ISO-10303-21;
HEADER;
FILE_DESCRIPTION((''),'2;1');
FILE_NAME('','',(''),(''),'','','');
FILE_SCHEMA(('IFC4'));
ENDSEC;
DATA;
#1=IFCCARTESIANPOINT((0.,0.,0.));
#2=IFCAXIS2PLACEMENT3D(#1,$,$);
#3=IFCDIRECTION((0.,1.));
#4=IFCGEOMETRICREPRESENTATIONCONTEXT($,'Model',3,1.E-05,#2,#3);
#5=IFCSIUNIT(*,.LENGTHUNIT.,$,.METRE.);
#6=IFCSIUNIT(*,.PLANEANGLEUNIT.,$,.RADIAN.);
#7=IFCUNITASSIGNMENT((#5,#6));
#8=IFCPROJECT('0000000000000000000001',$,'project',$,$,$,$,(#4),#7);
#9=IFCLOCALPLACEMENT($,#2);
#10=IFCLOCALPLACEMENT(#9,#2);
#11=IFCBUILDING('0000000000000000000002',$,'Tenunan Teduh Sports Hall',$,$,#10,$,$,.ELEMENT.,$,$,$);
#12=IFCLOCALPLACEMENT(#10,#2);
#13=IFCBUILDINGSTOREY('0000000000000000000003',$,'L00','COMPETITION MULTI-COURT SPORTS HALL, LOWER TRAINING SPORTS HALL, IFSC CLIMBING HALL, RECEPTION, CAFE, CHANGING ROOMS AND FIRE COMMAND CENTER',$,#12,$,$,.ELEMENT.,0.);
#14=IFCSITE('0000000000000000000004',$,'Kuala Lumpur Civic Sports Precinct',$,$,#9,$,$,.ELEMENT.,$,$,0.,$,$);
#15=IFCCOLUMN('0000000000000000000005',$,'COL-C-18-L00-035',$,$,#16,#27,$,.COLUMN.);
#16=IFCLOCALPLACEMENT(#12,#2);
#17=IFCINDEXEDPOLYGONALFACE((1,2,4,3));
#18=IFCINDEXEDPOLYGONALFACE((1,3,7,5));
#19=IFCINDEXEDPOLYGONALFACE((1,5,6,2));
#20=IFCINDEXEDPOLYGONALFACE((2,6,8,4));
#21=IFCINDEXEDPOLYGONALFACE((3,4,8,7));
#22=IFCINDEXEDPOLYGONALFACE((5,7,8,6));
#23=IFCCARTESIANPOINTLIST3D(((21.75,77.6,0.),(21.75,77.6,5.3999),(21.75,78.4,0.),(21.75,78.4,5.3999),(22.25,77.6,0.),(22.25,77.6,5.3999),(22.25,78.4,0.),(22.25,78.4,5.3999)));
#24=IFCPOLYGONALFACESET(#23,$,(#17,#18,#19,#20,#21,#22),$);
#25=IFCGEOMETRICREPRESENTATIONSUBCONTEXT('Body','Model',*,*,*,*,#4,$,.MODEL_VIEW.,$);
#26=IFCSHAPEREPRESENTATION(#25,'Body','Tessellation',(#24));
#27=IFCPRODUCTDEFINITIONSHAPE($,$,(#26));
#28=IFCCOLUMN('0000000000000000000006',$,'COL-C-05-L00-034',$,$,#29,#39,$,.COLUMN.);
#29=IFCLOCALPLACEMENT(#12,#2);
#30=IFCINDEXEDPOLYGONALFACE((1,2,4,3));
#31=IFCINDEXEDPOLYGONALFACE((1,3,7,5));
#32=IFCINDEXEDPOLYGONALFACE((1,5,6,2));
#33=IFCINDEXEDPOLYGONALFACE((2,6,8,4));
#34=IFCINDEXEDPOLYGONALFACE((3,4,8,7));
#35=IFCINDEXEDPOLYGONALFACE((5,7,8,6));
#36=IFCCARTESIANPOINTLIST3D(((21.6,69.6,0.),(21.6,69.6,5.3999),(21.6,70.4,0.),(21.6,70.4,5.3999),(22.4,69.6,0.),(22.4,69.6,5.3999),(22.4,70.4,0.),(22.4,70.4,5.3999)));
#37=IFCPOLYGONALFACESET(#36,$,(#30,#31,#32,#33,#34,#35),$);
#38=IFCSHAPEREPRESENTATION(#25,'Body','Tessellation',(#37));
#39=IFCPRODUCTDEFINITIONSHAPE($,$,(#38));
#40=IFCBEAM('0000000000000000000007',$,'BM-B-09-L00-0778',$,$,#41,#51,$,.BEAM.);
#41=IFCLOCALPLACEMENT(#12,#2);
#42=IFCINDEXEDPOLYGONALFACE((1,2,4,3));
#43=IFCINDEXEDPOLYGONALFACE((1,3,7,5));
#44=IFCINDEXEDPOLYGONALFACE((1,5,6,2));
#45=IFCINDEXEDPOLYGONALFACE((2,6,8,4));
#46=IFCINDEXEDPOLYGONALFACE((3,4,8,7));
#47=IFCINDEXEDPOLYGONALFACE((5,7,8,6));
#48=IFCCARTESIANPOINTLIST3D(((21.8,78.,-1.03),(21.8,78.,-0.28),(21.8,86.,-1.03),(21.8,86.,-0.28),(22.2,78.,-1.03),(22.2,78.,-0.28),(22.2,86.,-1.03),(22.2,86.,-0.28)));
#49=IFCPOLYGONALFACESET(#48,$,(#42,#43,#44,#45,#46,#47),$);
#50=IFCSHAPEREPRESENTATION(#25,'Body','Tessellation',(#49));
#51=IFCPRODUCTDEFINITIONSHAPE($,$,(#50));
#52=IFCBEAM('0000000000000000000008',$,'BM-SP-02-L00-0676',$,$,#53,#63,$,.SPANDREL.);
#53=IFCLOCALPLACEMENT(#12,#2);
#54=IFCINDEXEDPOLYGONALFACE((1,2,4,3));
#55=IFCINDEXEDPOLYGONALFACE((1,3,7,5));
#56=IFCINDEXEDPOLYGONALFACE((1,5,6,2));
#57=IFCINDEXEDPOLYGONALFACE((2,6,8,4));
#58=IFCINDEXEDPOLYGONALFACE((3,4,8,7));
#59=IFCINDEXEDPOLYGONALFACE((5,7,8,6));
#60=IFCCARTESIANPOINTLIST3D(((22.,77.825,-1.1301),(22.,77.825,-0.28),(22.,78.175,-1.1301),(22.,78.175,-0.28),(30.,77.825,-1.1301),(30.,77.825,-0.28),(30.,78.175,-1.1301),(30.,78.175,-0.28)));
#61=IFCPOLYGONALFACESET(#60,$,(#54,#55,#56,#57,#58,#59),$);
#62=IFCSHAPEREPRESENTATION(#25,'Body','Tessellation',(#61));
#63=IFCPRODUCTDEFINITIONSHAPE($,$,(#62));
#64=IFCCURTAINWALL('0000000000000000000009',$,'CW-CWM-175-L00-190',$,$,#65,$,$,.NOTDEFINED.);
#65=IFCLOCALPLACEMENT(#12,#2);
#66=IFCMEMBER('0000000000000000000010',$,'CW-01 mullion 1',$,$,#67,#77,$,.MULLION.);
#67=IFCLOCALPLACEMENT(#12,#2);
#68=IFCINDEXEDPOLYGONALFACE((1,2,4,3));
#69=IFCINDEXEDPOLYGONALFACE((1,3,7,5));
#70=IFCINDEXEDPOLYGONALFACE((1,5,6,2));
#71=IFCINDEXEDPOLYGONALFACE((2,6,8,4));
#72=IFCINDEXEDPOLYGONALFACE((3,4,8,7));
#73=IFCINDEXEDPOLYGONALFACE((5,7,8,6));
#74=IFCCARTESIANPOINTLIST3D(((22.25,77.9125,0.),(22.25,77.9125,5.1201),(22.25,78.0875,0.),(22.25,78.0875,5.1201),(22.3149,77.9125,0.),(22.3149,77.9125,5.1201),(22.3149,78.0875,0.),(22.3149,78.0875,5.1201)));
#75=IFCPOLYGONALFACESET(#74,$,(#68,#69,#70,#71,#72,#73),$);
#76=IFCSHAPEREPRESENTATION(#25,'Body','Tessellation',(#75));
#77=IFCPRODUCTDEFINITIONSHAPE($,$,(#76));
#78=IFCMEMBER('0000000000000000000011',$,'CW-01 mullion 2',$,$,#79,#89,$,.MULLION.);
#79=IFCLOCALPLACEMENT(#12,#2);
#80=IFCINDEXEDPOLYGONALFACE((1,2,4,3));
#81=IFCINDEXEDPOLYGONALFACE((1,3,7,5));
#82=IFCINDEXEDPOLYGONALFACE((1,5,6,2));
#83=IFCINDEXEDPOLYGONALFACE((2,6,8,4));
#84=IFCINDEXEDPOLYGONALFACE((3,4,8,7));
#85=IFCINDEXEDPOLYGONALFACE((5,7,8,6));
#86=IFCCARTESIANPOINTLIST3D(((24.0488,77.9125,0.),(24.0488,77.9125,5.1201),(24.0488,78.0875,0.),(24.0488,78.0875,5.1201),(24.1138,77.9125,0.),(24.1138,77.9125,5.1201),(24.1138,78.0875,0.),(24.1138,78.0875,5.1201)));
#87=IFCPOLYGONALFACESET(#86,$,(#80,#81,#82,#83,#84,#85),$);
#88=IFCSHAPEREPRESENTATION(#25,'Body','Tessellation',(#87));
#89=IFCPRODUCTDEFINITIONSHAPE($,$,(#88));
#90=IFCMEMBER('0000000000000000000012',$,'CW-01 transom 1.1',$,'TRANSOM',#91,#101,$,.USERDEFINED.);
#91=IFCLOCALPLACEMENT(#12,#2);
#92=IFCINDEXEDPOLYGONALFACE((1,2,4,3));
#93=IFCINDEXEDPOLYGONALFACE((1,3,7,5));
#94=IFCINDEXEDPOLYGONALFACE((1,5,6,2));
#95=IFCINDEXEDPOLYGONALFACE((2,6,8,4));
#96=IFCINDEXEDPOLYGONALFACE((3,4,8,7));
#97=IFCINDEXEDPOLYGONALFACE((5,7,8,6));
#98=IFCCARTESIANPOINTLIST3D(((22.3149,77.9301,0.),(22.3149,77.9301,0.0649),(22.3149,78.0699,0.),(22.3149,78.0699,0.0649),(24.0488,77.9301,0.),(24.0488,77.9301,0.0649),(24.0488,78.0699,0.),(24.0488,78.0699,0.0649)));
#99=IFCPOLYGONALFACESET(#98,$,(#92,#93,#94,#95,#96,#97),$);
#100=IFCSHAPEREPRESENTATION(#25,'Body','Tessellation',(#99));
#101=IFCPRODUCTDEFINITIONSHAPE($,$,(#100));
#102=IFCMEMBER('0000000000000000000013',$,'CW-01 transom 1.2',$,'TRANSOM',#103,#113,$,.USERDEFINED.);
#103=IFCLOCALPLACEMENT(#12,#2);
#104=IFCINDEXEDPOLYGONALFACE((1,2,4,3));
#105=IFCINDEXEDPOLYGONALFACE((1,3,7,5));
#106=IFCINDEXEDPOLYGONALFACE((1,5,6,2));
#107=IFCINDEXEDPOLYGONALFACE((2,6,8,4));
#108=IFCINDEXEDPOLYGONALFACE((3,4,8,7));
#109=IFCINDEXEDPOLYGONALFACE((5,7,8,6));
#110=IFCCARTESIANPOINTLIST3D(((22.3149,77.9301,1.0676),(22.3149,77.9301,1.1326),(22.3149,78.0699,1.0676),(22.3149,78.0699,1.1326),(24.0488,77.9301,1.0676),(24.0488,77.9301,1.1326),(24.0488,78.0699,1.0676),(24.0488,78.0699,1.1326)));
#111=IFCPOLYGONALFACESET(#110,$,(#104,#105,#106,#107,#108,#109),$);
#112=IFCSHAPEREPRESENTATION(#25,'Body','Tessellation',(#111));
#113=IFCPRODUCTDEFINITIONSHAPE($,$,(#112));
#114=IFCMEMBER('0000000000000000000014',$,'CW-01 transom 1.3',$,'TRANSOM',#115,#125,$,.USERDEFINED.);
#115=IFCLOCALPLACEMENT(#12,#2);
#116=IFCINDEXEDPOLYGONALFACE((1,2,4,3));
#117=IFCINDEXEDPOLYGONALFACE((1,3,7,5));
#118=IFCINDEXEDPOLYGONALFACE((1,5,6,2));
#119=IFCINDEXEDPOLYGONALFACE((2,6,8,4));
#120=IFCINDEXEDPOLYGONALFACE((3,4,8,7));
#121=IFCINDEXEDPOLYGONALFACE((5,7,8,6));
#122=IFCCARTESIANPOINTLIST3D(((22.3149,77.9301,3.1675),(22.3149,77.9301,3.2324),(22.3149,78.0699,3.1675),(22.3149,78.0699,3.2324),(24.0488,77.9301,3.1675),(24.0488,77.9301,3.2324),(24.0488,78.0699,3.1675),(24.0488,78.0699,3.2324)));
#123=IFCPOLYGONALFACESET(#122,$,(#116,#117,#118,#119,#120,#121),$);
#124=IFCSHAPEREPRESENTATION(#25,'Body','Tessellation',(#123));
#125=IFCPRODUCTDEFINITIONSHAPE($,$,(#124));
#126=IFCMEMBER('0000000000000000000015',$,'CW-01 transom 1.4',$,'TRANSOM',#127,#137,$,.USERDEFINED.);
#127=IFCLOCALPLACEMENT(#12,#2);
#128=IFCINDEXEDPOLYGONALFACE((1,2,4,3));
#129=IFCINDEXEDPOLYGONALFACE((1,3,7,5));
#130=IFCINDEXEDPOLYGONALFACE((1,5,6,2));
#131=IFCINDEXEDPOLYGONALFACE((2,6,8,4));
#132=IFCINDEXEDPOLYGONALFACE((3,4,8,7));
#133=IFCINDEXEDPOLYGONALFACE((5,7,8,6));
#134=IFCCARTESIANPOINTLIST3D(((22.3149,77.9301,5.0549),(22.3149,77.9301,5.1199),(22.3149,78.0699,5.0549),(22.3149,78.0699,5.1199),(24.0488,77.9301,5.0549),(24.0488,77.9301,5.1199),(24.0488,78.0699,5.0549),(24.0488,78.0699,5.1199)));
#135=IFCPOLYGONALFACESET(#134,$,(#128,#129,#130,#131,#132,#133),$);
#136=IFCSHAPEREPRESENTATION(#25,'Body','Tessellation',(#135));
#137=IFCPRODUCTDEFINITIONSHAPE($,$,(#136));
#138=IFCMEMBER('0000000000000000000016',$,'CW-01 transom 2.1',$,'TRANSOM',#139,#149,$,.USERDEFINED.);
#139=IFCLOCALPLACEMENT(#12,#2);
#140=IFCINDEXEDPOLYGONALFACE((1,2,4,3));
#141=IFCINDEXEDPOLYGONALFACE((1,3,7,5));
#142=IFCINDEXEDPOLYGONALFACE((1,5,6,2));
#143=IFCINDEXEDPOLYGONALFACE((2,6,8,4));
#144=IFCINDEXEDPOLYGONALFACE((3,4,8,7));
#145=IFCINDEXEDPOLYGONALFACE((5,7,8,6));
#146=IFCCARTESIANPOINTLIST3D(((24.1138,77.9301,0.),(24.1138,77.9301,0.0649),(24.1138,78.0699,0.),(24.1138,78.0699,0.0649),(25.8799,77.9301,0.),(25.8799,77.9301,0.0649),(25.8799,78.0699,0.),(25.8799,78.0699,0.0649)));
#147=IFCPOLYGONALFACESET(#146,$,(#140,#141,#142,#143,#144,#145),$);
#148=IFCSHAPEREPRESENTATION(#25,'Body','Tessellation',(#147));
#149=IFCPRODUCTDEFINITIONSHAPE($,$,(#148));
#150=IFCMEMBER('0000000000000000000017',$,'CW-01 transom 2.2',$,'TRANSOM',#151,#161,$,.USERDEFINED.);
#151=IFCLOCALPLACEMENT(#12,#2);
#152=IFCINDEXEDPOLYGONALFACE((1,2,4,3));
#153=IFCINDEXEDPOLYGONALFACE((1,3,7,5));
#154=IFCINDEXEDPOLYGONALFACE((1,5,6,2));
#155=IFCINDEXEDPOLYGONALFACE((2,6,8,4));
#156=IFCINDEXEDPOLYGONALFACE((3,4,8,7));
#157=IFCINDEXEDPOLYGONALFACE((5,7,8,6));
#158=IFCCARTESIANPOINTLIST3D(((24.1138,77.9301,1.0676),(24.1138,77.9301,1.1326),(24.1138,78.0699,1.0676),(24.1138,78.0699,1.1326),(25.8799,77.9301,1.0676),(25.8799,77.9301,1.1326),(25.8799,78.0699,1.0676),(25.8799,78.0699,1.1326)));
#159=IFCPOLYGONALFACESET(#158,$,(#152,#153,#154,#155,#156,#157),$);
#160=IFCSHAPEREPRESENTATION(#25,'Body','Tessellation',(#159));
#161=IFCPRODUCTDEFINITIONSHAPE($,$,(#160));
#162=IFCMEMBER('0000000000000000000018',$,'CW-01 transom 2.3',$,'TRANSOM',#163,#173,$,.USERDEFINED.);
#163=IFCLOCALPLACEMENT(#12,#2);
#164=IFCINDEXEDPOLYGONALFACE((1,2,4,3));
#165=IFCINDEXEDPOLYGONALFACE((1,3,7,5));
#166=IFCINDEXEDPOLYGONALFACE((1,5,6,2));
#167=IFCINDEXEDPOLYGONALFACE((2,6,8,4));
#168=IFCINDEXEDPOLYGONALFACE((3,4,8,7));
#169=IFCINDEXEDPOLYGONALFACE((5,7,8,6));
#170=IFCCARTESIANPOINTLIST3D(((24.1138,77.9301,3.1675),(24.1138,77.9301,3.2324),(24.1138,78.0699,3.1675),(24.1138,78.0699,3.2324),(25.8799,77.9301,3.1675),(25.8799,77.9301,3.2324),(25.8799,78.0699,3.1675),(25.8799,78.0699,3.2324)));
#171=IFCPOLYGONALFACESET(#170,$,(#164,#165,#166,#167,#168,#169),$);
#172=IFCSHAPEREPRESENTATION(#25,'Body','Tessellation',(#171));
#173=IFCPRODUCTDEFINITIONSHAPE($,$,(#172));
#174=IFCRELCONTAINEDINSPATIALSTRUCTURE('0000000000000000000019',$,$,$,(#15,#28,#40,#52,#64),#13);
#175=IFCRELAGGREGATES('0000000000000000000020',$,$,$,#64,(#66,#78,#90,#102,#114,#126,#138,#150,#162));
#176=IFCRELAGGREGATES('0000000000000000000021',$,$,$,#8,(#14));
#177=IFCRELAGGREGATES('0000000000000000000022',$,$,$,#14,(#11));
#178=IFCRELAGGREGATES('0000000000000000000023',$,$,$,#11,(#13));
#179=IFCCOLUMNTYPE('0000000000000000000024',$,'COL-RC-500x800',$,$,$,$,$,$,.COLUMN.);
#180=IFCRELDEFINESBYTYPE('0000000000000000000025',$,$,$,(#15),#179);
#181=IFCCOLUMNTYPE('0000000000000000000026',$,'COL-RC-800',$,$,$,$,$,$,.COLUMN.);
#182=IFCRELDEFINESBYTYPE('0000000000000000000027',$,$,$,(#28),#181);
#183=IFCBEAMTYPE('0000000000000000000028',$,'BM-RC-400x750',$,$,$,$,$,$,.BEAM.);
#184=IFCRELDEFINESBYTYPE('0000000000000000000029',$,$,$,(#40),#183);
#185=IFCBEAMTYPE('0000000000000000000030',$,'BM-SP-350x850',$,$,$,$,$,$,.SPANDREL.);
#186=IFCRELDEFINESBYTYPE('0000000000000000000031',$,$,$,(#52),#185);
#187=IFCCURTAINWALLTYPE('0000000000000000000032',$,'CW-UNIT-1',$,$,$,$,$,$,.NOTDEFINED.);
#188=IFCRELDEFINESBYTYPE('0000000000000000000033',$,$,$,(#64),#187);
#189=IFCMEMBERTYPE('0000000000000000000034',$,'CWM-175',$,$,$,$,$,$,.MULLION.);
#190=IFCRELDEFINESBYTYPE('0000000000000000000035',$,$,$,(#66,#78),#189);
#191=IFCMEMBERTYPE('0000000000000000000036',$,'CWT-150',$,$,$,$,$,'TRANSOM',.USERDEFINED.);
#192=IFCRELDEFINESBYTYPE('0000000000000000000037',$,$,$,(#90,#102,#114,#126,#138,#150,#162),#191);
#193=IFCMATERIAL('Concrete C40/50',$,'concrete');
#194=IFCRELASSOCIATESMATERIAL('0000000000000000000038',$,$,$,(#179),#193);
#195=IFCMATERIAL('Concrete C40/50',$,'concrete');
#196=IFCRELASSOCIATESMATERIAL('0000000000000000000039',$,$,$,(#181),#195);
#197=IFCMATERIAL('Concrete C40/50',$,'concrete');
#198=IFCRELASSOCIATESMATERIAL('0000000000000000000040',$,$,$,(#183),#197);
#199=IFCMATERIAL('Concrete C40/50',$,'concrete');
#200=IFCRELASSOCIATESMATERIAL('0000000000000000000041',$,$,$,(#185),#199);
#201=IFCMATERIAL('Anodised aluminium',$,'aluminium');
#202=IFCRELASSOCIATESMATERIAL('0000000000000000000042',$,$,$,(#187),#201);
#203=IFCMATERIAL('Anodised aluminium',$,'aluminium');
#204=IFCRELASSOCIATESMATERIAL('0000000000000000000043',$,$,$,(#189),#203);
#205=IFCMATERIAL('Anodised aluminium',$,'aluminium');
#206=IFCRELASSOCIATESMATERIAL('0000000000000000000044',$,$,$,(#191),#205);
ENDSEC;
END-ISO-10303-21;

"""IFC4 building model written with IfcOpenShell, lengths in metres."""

from ifc_helpers import new_model, si_unit, direction, frame, origin, origin_2d, place, context, subcontext, project, spatial, rectangle, extrude, material, material_profile, profile_set, type_object, element, aggregate, save


model = new_model("IFC4")

# Units and contexts
model_context = context("Model", 3, precision=1e-05, world=origin(), true_north=direction((0.0, 1.0)))
body_context = subcontext(model_context, "Body", "Model", "MODEL_VIEW")
ifc_project = project(units=[si_unit("LENGTHUNIT", "METRE"), si_unit("PLANEANGLEUNIT", "RADIAN")], contexts=[model_context])

# Site, building, storey
site_placement = place(None, origin())
site = spatial("IfcSite", under=ifc_project, at=site_placement, Name="Kuala Lumpur Civic Sports Precinct", CompositionType="ELEMENT", RefElevation=0.0)
building_placement = place(site_placement, origin())
building = spatial("IfcBuilding", under=site, at=building_placement, Name="Tenunan Teduh Sports Hall", CompositionType="ELEMENT")
storey_placement = place(building_placement, origin())
storey = spatial("IfcBuildingStorey", under=building, at=storey_placement, Name="L00", Description="COMPETITION MULTI-COURT SPORTS HALL, LOWER TRAINING SPORTS HALL, IFSC CLIMBING HALL, RECEPTION, CAFE, CHANGING ROOMS AND FIRE COMMAND CENTER", CompositionType="ELEMENT", Elevation=0.0)

# Columns
ifc_material_1 = material(Name="Concrete C40/50", Category="concrete")
ifc_material_profile_1 = material_profile(ifc_material_1, rectangle(XDim=0.5, YDim=0.8, at=origin_2d()), Name="RC 500x800")
ifc_profile_set_1 = profile_set([ifc_material_profile_1], Name="Concrete C40/50")
column_type_1 = type_object("IfcColumnType", Name="COL-RC-500x800", PredefinedType="COLUMN", material=ifc_profile_set_1)
column_1_placement = place(storey_placement, frame((22.0, 78.0, 0.0), z_axis=(0.0, 0.0, 1.0), x_axis=(1.0, 0.0, 0.0)))
element("IfcColumn", 1, at=column_1_placement, inside=storey, type_object=column_type_1, Name="COL-C-18-L00-035", PredefinedType="COLUMN", context=body_context, shape_type="SweptSolid", body=[
    extrude(rectangle(XDim=0.5, YDim=0.8, at=origin_2d()), origin(), (0.0, 0.0, 1.0), 5.3999),
])
ifc_material_2 = material(Name="Concrete C40/50", Category="concrete")
ifc_material_profile_2 = material_profile(ifc_material_2, rectangle(XDim=0.8, YDim=0.8, at=origin_2d()), Name="RC 800x800")
ifc_profile_set_2 = profile_set([ifc_material_profile_2], Name="Concrete C40/50")
column_type_2 = type_object("IfcColumnType", Name="COL-RC-800", PredefinedType="COLUMN", material=ifc_profile_set_2)
column_2_placement = place(storey_placement, frame((22.0, 70.0, 0.0), z_axis=(0.0, 0.0, 1.0), x_axis=(1.0, 0.0, 0.0)))
element("IfcColumn", 2, at=column_2_placement, inside=storey, type_object=column_type_2, Name="COL-C-05-L00-034", PredefinedType="COLUMN", context=body_context, shape_type="SweptSolid", body=[
    extrude(rectangle(XDim=0.8, YDim=0.8, at=origin_2d()), origin(), (0.0, 0.0, 1.0), 5.3999),
])

# Beams
ifc_material_3 = material(Name="Concrete C40/50", Category="concrete")
ifc_material_profile_3 = material_profile(ifc_material_3, rectangle(XDim=0.3999, YDim=0.75, at=origin_2d()), Name="RCB 400x750")
ifc_profile_set_3 = profile_set([ifc_material_profile_3], Name="Concrete C40/50")
beam_type_1 = type_object("IfcBeamType", Name="BM-RC-400x750", PredefinedType="BEAM", material=ifc_profile_set_3)
beam_1_placement = place(storey_placement, frame((22.0, 78.0, -0.655), z_axis=(0.0, 1.0, 0.0), x_axis=(-1.0, 0.0, 0.0)))
element("IfcBeam", 3, at=beam_1_placement, inside=storey, type_object=beam_type_1, Name="BM-B-09-L00-0778", PredefinedType="BEAM", context=body_context, shape_type="SweptSolid", body=[
    extrude(rectangle(XDim=0.3999, YDim=0.75, at=origin_2d()), origin(), (0.0, 0.0, 1.0), 8.0),
])
ifc_material_4 = material(Name="Concrete C40/50", Category="concrete")
ifc_material_profile_4 = material_profile(ifc_material_4, rectangle(XDim=0.3501, YDim=0.8501, at=origin_2d()), Name="SPB 350x850")
ifc_profile_set_4 = profile_set([ifc_material_profile_4], Name="Concrete C40/50")
beam_type_2 = type_object("IfcBeamType", Name="BM-SP-350x850", PredefinedType="SPANDREL", material=ifc_profile_set_4)
beam_2_placement = place(storey_placement, frame((22.0, 78.0, -0.7051), z_axis=(1.0, 0.0, 0.0), x_axis=(0.0, 1.0, 0.0)))
element("IfcBeam", 4, at=beam_2_placement, inside=storey, type_object=beam_type_2, Name="BM-SP-02-L00-0676", PredefinedType="SPANDREL", context=body_context, shape_type="SweptSolid", body=[
    extrude(rectangle(XDim=0.3501, YDim=0.8501, at=origin_2d()), origin(), (0.0, 0.0, 1.0), 8.0),
])

# Curtain wall, members
ifc_material_5 = material(Name="Anodised aluminium", Category="aluminium")
curtain_wall_type = type_object("IfcCurtainWallType", Name="CW-UNIT-1", PredefinedType="NOTDEFINED", material=ifc_material_5)
curtain_wall_placement = place(storey_placement, origin())
curtain_wall = element("IfcCurtainWall", 5, at=curtain_wall_placement, inside=storey, type_object=curtain_wall_type, Name="CW-CWM-175-L00-190", PredefinedType="NOTDEFINED")
ifc_material_6 = material(Name="Anodised aluminium", Category="aluminium")
ifc_material_profile_5 = material_profile(ifc_material_6, rectangle(XDim=0.0649, YDim=0.175, at=origin_2d()), Name="CWM 65x175")
ifc_profile_set_5 = profile_set([ifc_material_profile_5], Name="Anodised aluminium")
member_type_1 = type_object("IfcMemberType", Name="CWM-175", PredefinedType="MULLION", material=ifc_profile_set_5)
member_1_placement = place(storey_placement, frame((22.2825, 78.0, 0.0), z_axis=(0.0, 0.0, 1.0), x_axis=(1.0, 0.0, 0.0)))
member_1 = element("IfcMember", 6, at=member_1_placement, type_object=member_type_1, Name="CW-01 mullion 1", PredefinedType="MULLION", context=body_context, shape_type="SweptSolid", body=[
    extrude(rectangle(XDim=0.0649, YDim=0.175, at=origin_2d()), origin(), (0.0, 0.0, 1.0), 5.1201),
])
member_2_placement = place(storey_placement, frame((24.0813, 78.0, 0.0), z_axis=(0.0, 0.0, 1.0), x_axis=(1.0, 0.0, 0.0)))
member_2 = element("IfcMember", 7, at=member_2_placement, type_object=member_type_1, Name="CW-01 mullion 2", PredefinedType="MULLION", context=body_context, shape_type="SweptSolid", body=[
    extrude(rectangle(XDim=0.0649, YDim=0.175, at=origin_2d()), origin(), (0.0, 0.0, 1.0), 5.1201),
])
ifc_material_7 = material(Name="Anodised aluminium", Category="aluminium")
ifc_material_profile_6 = material_profile(ifc_material_7, rectangle(XDim=0.0649, YDim=0.1399, at=origin_2d()), Name="CWT 65x140")
ifc_profile_set_6 = profile_set([ifc_material_profile_6], Name="Anodised aluminium")
member_type_2 = type_object("IfcMemberType", Name="CWT-150", ElementType="TRANSOM", PredefinedType="USERDEFINED", material=ifc_profile_set_6)
member_3_placement = place(storey_placement, frame((22.3149, 78.0, 0.0325), z_axis=(1.0, 0.0, 0.0), x_axis=(0.0, 0.0, 1.0)))
member_3 = element("IfcMember", 8, at=member_3_placement, type_object=member_type_2, Name="CW-01 transom 1.1", ObjectType="TRANSOM", PredefinedType="USERDEFINED", context=body_context, shape_type="SweptSolid", body=[
    extrude(rectangle(XDim=0.0649, YDim=0.1399, at=origin_2d()), origin(), (0.0, 0.0, 1.0), 1.7339),
])
member_4_placement = place(storey_placement, frame((22.3149, 78.0, 1.1001), z_axis=(1.0, 0.0, 0.0), x_axis=(0.0, 0.0, 1.0)))
member_4 = element("IfcMember", 9, at=member_4_placement, type_object=member_type_2, Name="CW-01 transom 1.2", ObjectType="TRANSOM", PredefinedType="USERDEFINED", context=body_context, shape_type="SweptSolid", body=[
    extrude(rectangle(XDim=0.0649, YDim=0.1399, at=origin_2d()), origin(), (0.0, 0.0, 1.0), 1.7339),
])
member_5_placement = place(storey_placement, frame((22.3149, 78.0, 3.2), z_axis=(1.0, 0.0, 0.0), x_axis=(0.0, 0.0, 1.0)))
member_5 = element("IfcMember", 10, at=member_5_placement, type_object=member_type_2, Name="CW-01 transom 1.3", ObjectType="TRANSOM", PredefinedType="USERDEFINED", context=body_context, shape_type="SweptSolid", body=[
    extrude(rectangle(XDim=0.0649, YDim=0.1399, at=origin_2d()), origin(), (0.0, 0.0, 1.0), 1.7339),
])
member_6_placement = place(storey_placement, frame((22.3149, 78.0, 5.0874), z_axis=(1.0, 0.0, 0.0), x_axis=(0.0, 0.0, 1.0)))
member_6 = element("IfcMember", 11, at=member_6_placement, type_object=member_type_2, Name="CW-01 transom 1.4", ObjectType="TRANSOM", PredefinedType="USERDEFINED", context=body_context, shape_type="SweptSolid", body=[
    extrude(rectangle(XDim=0.0649, YDim=0.1399, at=origin_2d()), origin(), (0.0, 0.0, 1.0), 1.7339),
])
member_7_placement = place(storey_placement, frame((24.1138, 78.0, 0.0325), z_axis=(1.0, 0.0, 0.0), x_axis=(0.0, 0.0, 1.0)))
member_7 = element("IfcMember", 12, at=member_7_placement, type_object=member_type_2, Name="CW-01 transom 2.1", ObjectType="TRANSOM", PredefinedType="USERDEFINED", context=body_context, shape_type="SweptSolid", body=[
    extrude(rectangle(XDim=0.0649, YDim=0.1399, at=origin_2d()), origin(), (0.0, 0.0, 1.0), 1.7661),
])
member_8_placement = place(storey_placement, frame((24.1138, 78.0, 1.1001), z_axis=(1.0, 0.0, 0.0), x_axis=(0.0, 0.0, 1.0)))
member_8 = element("IfcMember", 13, at=member_8_placement, type_object=member_type_2, Name="CW-01 transom 2.2", ObjectType="TRANSOM", PredefinedType="USERDEFINED", context=body_context, shape_type="SweptSolid", body=[
    extrude(rectangle(XDim=0.0649, YDim=0.1399, at=origin_2d()), origin(), (0.0, 0.0, 1.0), 1.7661),
])
member_9_placement = place(storey_placement, frame((24.1138, 78.0, 3.2), z_axis=(1.0, 0.0, 0.0), x_axis=(0.0, 0.0, 1.0)))
member_9 = element("IfcMember", 14, at=member_9_placement, type_object=member_type_2, Name="CW-01 transom 2.3", ObjectType="TRANSOM", PredefinedType="USERDEFINED", context=body_context, shape_type="SweptSolid", body=[
    extrude(rectangle(XDim=0.0649, YDim=0.1399, at=origin_2d()), origin(), (0.0, 0.0, 1.0), 1.7661),
])

aggregate(curtain_wall, [member_1, member_2, member_3, member_4, member_5, member_6, member_7, member_8, member_9])

save(model, "model.ifc")
